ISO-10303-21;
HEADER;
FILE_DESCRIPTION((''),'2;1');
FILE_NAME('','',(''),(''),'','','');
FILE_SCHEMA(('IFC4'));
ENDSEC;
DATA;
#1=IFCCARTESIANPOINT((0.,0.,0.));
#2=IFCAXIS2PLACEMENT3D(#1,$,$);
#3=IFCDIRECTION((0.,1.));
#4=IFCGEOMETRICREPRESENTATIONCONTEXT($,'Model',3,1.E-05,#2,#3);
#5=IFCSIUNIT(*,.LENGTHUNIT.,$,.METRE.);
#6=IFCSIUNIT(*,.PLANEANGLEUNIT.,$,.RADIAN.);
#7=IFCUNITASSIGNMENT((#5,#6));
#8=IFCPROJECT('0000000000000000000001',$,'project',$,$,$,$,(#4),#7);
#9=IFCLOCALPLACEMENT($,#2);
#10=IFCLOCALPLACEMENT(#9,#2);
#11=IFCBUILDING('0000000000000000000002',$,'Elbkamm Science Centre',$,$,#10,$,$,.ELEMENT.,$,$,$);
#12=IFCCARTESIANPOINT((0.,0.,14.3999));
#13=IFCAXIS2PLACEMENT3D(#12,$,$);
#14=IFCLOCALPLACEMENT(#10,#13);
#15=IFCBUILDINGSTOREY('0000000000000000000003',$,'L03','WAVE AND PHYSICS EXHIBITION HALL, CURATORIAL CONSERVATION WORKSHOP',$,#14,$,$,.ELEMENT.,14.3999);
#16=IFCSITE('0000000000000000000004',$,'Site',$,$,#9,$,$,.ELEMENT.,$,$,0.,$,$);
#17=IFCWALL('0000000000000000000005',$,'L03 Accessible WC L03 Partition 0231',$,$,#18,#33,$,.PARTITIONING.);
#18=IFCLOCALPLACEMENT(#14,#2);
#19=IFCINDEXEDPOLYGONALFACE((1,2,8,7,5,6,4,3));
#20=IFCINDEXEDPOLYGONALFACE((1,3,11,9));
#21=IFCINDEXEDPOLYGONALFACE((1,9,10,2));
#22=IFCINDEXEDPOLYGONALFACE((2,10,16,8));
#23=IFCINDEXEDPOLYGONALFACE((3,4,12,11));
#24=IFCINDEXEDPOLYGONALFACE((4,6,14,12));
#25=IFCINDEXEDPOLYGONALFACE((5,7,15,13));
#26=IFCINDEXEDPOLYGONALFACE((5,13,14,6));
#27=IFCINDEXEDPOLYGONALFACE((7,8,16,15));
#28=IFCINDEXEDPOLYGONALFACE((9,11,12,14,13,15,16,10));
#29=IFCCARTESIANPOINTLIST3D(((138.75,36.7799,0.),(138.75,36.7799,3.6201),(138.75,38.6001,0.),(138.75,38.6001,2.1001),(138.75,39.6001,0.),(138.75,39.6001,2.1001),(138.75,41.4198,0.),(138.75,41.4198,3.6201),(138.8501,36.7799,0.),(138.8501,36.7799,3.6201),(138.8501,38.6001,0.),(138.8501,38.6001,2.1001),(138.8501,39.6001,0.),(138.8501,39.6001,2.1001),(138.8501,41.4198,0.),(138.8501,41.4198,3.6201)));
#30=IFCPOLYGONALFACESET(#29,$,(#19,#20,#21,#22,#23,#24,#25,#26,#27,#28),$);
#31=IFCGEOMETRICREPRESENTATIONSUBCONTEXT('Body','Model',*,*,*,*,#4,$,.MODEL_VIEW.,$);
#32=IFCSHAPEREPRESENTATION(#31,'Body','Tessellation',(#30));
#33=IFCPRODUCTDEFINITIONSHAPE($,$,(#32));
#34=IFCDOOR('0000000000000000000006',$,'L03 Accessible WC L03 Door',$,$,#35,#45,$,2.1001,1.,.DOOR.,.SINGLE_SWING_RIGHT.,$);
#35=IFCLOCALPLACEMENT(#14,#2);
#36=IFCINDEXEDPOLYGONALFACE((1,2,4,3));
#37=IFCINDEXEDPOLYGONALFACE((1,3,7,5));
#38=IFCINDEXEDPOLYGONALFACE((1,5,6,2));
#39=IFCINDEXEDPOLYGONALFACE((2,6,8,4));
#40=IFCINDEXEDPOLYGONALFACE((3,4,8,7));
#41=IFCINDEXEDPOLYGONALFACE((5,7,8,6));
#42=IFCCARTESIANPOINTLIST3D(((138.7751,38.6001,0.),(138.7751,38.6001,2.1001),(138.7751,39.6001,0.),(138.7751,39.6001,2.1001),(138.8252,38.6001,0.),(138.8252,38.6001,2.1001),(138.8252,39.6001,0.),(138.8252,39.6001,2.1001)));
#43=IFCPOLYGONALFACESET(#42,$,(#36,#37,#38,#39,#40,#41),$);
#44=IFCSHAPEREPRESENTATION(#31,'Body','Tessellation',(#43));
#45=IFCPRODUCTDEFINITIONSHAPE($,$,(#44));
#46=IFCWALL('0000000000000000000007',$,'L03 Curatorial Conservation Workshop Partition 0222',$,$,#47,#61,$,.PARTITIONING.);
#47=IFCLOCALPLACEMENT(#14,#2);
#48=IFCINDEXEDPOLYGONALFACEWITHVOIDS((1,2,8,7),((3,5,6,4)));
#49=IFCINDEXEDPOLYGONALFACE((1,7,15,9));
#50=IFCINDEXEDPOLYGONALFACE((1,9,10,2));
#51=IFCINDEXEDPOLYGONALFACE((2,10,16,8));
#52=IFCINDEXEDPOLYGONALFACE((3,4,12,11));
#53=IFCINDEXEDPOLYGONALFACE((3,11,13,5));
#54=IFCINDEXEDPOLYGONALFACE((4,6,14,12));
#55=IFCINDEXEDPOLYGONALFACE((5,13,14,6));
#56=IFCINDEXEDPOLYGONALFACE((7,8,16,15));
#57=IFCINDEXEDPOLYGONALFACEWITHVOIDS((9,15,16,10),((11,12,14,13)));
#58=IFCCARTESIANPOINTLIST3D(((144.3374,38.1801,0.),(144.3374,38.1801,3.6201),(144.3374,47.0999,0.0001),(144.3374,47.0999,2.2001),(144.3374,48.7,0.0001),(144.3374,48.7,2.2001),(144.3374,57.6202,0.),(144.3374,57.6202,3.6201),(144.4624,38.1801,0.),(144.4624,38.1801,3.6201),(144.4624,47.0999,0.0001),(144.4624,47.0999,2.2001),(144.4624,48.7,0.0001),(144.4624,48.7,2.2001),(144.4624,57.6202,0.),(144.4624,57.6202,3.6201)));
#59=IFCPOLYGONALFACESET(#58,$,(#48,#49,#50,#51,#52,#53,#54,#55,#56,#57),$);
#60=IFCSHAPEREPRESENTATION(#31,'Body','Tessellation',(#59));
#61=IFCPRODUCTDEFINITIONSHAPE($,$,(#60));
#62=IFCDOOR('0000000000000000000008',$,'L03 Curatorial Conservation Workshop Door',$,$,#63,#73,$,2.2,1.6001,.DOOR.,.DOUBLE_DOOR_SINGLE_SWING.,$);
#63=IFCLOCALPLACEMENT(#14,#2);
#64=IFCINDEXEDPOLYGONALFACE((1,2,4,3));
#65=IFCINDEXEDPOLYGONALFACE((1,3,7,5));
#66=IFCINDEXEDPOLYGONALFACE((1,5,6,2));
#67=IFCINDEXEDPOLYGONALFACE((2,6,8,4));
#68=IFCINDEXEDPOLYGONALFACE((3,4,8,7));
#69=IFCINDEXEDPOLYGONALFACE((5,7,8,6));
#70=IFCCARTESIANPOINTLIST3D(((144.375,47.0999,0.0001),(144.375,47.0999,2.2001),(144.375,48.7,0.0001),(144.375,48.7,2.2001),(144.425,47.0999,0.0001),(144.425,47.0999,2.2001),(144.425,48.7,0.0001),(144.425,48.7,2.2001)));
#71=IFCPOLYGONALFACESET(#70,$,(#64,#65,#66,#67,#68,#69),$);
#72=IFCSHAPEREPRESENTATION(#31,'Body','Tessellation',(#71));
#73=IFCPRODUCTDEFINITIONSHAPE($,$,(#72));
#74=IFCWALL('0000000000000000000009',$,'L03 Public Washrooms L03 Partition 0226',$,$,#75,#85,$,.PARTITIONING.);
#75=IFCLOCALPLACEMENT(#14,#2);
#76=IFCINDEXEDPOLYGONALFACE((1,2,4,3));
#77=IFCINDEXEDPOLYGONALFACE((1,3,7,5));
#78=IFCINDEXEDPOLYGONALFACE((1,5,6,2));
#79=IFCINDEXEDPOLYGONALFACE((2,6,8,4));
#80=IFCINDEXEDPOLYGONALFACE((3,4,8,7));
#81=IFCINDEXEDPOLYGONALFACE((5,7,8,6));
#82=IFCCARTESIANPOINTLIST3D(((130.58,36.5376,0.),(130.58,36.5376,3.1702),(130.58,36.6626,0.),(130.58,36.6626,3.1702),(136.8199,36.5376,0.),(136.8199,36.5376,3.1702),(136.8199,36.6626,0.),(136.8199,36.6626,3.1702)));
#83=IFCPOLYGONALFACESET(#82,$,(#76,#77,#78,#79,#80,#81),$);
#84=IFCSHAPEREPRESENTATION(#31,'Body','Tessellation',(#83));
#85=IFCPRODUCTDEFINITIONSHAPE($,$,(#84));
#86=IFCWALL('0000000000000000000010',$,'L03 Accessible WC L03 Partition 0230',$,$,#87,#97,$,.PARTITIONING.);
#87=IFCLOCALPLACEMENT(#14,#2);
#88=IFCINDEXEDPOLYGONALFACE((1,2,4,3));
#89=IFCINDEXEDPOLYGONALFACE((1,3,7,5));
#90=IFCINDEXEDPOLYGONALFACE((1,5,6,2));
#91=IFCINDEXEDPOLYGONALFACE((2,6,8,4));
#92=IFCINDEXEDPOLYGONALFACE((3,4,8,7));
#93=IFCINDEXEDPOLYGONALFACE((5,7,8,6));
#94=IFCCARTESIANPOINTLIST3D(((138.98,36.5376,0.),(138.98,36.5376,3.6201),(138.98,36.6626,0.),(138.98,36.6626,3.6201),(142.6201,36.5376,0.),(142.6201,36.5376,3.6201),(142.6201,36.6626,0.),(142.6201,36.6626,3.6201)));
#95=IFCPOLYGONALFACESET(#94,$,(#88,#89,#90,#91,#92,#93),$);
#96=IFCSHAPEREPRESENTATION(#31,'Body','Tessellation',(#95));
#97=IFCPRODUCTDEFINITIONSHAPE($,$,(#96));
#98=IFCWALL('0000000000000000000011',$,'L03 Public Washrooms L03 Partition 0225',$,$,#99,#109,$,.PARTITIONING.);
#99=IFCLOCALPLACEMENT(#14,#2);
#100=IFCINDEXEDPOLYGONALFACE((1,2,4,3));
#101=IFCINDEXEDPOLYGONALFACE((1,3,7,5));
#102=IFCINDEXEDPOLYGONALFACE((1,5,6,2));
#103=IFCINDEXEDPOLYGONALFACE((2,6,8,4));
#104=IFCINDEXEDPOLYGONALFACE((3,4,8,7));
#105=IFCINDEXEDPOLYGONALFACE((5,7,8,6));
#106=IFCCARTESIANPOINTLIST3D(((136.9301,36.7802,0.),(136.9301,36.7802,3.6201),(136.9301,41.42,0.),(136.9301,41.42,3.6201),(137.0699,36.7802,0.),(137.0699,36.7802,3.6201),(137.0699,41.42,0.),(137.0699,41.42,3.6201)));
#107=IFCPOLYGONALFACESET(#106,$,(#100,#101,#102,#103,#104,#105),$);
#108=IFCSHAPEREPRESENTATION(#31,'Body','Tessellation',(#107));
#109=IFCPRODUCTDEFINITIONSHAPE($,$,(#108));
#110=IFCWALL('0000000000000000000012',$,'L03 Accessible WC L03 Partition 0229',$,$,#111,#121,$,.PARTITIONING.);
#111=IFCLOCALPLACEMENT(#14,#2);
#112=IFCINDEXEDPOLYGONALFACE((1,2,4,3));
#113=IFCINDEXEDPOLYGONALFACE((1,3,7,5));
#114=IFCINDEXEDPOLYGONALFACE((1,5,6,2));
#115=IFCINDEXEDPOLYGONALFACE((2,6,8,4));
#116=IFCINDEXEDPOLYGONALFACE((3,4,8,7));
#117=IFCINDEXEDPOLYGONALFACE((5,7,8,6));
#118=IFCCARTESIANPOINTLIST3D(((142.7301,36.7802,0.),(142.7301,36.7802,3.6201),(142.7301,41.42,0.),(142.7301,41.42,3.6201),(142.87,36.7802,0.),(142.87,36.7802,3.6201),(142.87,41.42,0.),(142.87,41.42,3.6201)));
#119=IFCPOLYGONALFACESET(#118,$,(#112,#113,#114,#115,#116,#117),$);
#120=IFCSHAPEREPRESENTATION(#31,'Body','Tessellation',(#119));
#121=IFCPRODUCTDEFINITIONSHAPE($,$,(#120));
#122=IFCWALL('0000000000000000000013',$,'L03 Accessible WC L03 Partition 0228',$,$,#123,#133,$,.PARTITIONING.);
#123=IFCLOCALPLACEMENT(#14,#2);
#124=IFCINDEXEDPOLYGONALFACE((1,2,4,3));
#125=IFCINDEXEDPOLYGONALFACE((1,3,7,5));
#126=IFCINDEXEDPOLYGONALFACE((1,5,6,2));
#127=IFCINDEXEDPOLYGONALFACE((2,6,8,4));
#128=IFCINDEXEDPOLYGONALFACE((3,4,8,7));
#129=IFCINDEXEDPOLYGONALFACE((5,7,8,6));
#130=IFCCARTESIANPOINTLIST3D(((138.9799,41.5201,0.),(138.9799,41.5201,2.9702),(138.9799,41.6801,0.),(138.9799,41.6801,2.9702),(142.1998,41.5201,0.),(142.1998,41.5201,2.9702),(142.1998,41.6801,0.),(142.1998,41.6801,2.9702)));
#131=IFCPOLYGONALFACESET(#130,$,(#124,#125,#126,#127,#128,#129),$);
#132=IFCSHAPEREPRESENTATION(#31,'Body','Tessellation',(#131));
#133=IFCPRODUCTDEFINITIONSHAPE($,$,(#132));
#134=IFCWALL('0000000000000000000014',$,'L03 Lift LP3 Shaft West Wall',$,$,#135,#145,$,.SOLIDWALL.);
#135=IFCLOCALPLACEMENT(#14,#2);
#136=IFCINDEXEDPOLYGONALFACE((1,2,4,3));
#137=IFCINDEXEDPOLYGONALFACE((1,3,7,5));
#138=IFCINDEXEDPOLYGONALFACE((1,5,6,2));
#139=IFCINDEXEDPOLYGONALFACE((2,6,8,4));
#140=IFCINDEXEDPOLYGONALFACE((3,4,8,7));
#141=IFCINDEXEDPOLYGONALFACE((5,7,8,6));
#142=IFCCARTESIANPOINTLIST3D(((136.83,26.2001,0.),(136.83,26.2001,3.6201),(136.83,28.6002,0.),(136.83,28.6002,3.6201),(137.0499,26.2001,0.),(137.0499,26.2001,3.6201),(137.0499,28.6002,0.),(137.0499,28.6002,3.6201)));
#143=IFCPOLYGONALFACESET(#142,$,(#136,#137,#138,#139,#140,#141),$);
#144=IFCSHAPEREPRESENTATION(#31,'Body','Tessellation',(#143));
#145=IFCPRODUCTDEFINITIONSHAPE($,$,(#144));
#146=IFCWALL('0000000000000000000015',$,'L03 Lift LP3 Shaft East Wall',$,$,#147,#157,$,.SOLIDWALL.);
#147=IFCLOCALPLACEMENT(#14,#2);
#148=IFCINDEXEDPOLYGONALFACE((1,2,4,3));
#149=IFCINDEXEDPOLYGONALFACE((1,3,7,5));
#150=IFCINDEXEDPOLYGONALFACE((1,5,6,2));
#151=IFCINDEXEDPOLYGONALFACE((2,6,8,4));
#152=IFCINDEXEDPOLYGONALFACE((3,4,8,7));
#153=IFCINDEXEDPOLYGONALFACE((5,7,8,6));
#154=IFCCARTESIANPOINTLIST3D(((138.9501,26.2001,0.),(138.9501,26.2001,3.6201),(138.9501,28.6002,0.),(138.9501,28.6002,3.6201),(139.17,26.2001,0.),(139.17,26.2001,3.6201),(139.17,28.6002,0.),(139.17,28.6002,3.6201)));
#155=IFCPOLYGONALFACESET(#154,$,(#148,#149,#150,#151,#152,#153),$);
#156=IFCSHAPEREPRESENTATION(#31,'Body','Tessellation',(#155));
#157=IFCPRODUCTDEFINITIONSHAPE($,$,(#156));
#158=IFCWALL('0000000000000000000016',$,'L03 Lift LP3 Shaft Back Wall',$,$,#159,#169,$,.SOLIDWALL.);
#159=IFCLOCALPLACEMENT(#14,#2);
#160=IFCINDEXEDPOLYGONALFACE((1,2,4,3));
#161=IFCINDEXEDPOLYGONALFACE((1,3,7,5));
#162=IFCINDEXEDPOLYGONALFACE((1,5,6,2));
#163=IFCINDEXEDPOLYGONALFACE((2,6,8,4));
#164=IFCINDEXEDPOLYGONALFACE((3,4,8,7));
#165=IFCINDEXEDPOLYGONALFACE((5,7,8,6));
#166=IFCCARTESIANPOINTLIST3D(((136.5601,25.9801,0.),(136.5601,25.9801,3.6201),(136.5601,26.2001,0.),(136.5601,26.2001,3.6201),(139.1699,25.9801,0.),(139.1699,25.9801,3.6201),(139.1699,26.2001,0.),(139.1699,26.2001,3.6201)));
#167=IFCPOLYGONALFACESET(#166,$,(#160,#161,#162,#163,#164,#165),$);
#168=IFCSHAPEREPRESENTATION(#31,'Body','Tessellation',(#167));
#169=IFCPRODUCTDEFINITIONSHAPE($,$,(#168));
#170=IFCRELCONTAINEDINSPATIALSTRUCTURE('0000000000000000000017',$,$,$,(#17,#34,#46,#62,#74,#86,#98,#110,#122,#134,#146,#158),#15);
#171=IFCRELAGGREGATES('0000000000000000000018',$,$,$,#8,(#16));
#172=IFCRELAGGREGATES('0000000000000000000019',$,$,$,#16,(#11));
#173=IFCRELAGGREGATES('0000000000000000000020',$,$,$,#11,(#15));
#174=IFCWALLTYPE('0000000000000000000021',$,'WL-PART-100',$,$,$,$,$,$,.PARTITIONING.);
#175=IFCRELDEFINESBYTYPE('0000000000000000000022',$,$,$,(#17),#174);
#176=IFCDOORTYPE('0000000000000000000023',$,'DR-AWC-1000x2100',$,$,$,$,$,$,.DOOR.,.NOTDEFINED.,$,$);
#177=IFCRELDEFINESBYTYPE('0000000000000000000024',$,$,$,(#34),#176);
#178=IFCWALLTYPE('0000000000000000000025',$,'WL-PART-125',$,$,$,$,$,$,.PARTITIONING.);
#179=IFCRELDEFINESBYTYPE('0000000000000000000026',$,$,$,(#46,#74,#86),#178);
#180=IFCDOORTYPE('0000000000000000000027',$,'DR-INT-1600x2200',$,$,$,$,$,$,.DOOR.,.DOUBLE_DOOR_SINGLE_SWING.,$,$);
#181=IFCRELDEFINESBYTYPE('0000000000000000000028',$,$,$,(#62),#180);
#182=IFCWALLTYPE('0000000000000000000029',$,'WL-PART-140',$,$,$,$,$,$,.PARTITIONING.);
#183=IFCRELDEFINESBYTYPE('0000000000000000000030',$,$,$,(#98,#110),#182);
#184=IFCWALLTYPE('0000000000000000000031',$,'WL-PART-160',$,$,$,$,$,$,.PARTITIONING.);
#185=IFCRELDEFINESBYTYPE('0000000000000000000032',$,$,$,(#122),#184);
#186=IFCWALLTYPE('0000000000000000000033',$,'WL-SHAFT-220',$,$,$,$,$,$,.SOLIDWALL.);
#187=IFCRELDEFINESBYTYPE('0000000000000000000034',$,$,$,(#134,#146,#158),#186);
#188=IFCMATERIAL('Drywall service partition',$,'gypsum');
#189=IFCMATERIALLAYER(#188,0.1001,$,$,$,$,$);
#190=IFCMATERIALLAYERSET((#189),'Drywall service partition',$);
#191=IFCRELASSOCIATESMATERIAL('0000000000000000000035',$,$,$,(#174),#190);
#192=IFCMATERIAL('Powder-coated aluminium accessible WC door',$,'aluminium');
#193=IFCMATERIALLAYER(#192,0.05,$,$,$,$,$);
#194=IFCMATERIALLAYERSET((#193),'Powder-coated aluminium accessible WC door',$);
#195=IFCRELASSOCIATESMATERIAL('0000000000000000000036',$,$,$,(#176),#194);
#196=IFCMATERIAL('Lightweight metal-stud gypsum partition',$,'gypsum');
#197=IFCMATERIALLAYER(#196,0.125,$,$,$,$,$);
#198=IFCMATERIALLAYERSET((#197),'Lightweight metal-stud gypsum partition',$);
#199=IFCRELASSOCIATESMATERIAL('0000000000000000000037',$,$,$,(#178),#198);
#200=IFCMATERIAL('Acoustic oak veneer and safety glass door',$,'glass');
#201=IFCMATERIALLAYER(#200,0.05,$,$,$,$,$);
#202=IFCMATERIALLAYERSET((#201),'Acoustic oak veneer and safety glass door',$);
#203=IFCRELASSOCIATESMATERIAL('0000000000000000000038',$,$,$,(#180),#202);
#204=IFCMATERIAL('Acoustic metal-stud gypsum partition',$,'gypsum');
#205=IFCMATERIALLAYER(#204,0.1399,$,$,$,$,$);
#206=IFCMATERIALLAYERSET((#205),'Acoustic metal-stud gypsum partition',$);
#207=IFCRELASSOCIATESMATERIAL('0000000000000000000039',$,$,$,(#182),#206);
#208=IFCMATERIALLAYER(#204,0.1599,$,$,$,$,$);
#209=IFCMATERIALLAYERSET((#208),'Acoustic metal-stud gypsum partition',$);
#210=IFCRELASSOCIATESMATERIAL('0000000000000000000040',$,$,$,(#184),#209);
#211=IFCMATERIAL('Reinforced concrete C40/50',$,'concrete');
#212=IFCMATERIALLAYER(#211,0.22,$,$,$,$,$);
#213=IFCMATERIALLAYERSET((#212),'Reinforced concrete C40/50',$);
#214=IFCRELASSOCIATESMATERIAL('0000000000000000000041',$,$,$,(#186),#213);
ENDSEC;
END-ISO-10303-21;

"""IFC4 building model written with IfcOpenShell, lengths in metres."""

from ifc_helpers import new_model, si_unit, direction, frame, frame_2d, origin, place, context, subcontext, project, spatial, rectangle, extrude, material, layer, layer_set, type_object, element, fill, save


model = new_model("IFC4")

# Units and contexts
model_context = context("Model", 3, precision=1e-05, world=origin(), true_north=direction((0.0, 1.0)))
body_context = subcontext(model_context, "Body", "Model", "MODEL_VIEW")
ifc_project = project(units=[si_unit("LENGTHUNIT", "METRE"), si_unit("PLANEANGLEUNIT", "RADIAN")], contexts=[model_context])

# Site, building, storey
site_placement = place(None, origin())
site = spatial("IfcSite", under=ifc_project, at=site_placement, Name="Site", CompositionType="ELEMENT", RefElevation=0.0)
building_placement = place(site_placement, origin())
building = spatial("IfcBuilding", under=site, at=building_placement, Name="Elbkamm Science Centre", CompositionType="ELEMENT")
storey_placement = place(building_placement, frame((0.0, 0.0, 14.3999)))
storey = spatial("IfcBuildingStorey", under=building, at=storey_placement, Name="L03", Description="WAVE AND PHYSICS EXHIBITION HALL, CURATORIAL CONSERVATION WORKSHOP", CompositionType="ELEMENT", Elevation=14.3999)

# Shared definitions
ifc_material_1 = material(Name="Reinforced concrete C40/50", Category="concrete")

# Walls, openings, doors
ifc_material_2 = material(Name="Drywall service partition", Category="gypsum")
ifc_layer_1 = layer(ifc_material_2, 0.1001)
ifc_layer_set_1 = layer_set([ifc_layer_1], Name="Drywall service partition")
wall_type_1 = type_object("IfcWallType", Name="WL-PART-100", PredefinedType="PARTITIONING", material=ifc_layer_set_1)
wall_1_placement = place(storey_placement, frame((138.8, 36.78, 0.0), z_axis=(0.0, 0.0, 1.0), x_axis=(0.0, 1.0, 0.0)))
wall_1 = element("IfcWall", 1, at=wall_1_placement, inside=storey, type_object=wall_type_1, Name="L03 Accessible WC L03 Partition 0231", PredefinedType="PARTITIONING", context=body_context, shape_type="SweptSolid", body=[
    extrude(rectangle(XDim=4.6399, YDim=0.1001, at=frame_2d((2.3198, 0.0))), origin(), (0.0, 0.0, 1.0), 3.6201),
])
opening_1_placement = place(wall_1_placement, frame((1.8201, 0.0, 0.0)))
opening_1 = element("IfcOpeningElement", 2, at=opening_1_placement, cuts=wall_1, PredefinedType="OPENING", context=body_context, shape_type="SweptSolid", body=[
    extrude(rectangle(XDim=1.0, YDim=2.1001, at=frame_2d((0.5, 1.05))), frame((0.0, 0.062, 0.0), z_axis=(0.0, -1.0, 0.0), x_axis=(1.0, 0.0, 0.0)), (0.0, 0.0, 1.0), 0.124),
])
ifc_material_3 = material(Name="Powder-coated aluminium accessible WC door", Category="aluminium")
ifc_layer_2 = layer(ifc_material_3, 0.05)
ifc_layer_set_2 = layer_set([ifc_layer_2], Name="Powder-coated aluminium accessible WC door")
door_type_1 = type_object("IfcDoorType", Name="DR-AWC-1000x2100", OperationType="NOTDEFINED", PredefinedType="DOOR", material=ifc_layer_set_2)
door_1_placement = place(opening_1_placement, origin())
door_1 = element("IfcDoor", 3, at=door_1_placement, inside=storey, type_object=door_type_1, Name="L03 Accessible WC L03 Door", OperationType="SINGLE_SWING_RIGHT", OverallHeight=2.1001, OverallWidth=1.0, PredefinedType="DOOR", context=body_context, shape_type="SweptSolid", body=[
    extrude(rectangle(XDim=1.0, YDim=2.1001, at=frame_2d((0.5, 1.05))), frame((0.0, 0.0249, 0.0), z_axis=(0.0, -1.0, 0.0), x_axis=(1.0, 0.0, 0.0)), (0.0, 0.0, 1.0), 0.05),
])
fill(opening_1, door_1)
ifc_material_4 = material(Name="Lightweight metal-stud gypsum partition", Category="gypsum")
ifc_layer_3 = layer(ifc_material_4, 0.125)
ifc_layer_set_3 = layer_set([ifc_layer_3], Name="Lightweight metal-stud gypsum partition")
wall_type_2 = type_object("IfcWallType", Name="WL-PART-125", PredefinedType="PARTITIONING", material=ifc_layer_set_3)
wall_2_placement = place(storey_placement, frame((144.3999, 38.1799, 0.0), z_axis=(0.0, 0.0, 1.0), x_axis=(0.0, 1.0, 0.0)))
wall_2 = element("IfcWall", 4, at=wall_2_placement, inside=storey, type_object=wall_type_2, Name="L03 Curatorial Conservation Workshop Partition 0222", PredefinedType="PARTITIONING", context=body_context, shape_type="SweptSolid", body=[
    extrude(rectangle(XDim=19.4402, YDim=0.125, at=frame_2d((9.7202, 0.0))), origin(), (0.0, 0.0, 1.0), 3.6201),
])
opening_2_placement = place(wall_2_placement, frame((8.9199, 0.0, 0.0)))
opening_2 = element("IfcOpeningElement", 5, at=opening_2_placement, cuts=wall_2, PredefinedType="OPENING", context=body_context, shape_type="SweptSolid", body=[
    extrude(rectangle(XDim=1.6001, YDim=2.2, at=frame_2d((0.8, 1.1001))), frame((0.0, 0.0745, 0.0), z_axis=(0.0, -1.0, 0.0), x_axis=(1.0, 0.0, 0.0)), (0.0, 0.0, 1.0), 0.1489),
])
ifc_material_5 = material(Name="Acoustic oak veneer and safety glass door", Category="glass")
ifc_layer_4 = layer(ifc_material_5, 0.05)
ifc_layer_set_4 = layer_set([ifc_layer_4], Name="Acoustic oak veneer and safety glass door")
door_type_2 = type_object("IfcDoorType", Name="DR-INT-1600x2200", OperationType="DOUBLE_DOOR_SINGLE_SWING", PredefinedType="DOOR", material=ifc_layer_set_4)
door_2_placement = place(opening_2_placement, origin())
door_2 = element("IfcDoor", 6, at=door_2_placement, inside=storey, type_object=door_type_2, Name="L03 Curatorial Conservation Workshop Door", OperationType="DOUBLE_DOOR_SINGLE_SWING", OverallHeight=2.2, OverallWidth=1.6001, PredefinedType="DOOR", context=body_context, shape_type="SweptSolid", body=[
    extrude(rectangle(XDim=1.6001, YDim=2.2, at=frame_2d((0.8, 1.1001))), frame((0.0, 0.0249, 0.0), z_axis=(0.0, -1.0, 0.0), x_axis=(1.0, 0.0, 0.0)), (0.0, 0.0, 1.0), 0.05),
])
fill(opening_2, door_2)

# Walls
wall_3_placement = place(storey_placement, frame((136.8201, 36.6001, 0.0), z_axis=(0.0, 0.0, 1.0), x_axis=(-1.0, 0.0, 0.0)))
element("IfcWall", 7, at=wall_3_placement, inside=storey, type_object=wall_type_2, Name="L03 Public Washrooms L03 Partition 0226", PredefinedType="PARTITIONING", context=body_context, shape_type="SweptSolid", body=[
    extrude(rectangle(XDim=6.24, YDim=0.125, at=frame_2d((3.1201, 0.0))), origin(), (0.0, 0.0, 1.0), 3.1702),
])
wall_4_placement = place(storey_placement, frame((142.6201, 36.6001, 0.0), z_axis=(0.0, 0.0, 1.0), x_axis=(-1.0, 0.0, 0.0)))
element("IfcWall", 8, at=wall_4_placement, inside=storey, type_object=wall_type_2, Name="L03 Accessible WC L03 Partition 0230", PredefinedType="PARTITIONING", context=body_context, shape_type="SweptSolid", body=[
    extrude(rectangle(XDim=3.6401, YDim=0.125, at=frame_2d((1.8201, 0.0))), origin(), (0.0, 0.0, 1.0), 3.6201),
])
ifc_material_6 = material(Name="Acoustic metal-stud gypsum partition", Category="gypsum")
ifc_layer_5 = layer(ifc_material_6, 0.1399)
ifc_layer_set_5 = layer_set([ifc_layer_5], Name="Acoustic metal-stud gypsum partition")
wall_type_3 = type_object("IfcWallType", Name="WL-PART-140", PredefinedType="PARTITIONING", material=ifc_layer_set_5)
for number, where, z_axis, x_axis, name in (
    (9, (137.0, 41.4199, 0.0), (0.0, 0.0, 1.0), (0.0, -1.0, 0.0), "L03 Public Washrooms L03 Partition 0225"),
    (10, (142.8, 41.4199, 0.0), (0.0, 0.0, 1.0), (0.0, -1.0, 0.0), "L03 Accessible WC L03 Partition 0229"),
):
    element("IfcWall", number, at=place(storey_placement, frame(where, z_axis=z_axis, x_axis=x_axis)), inside=storey, type_object=wall_type_3, Name=name, PredefinedType="PARTITIONING", context=body_context, shape_type="SweptSolid", body=[
        extrude(rectangle(XDim=4.6399, YDim=0.1399, at=frame_2d((2.3198, 0.0))), origin(), (0.0, 0.0, 1.0), 3.6201),
    ])
ifc_layer_6 = layer(ifc_material_6, 0.1599)
ifc_layer_set_6 = layer_set([ifc_layer_6], Name="Acoustic metal-stud gypsum partition")
wall_type_4 = type_object("IfcWallType", Name="WL-PART-160", PredefinedType="PARTITIONING", material=ifc_layer_set_6)
wall_5_placement = place(storey_placement, frame((138.98, 41.6001, 0.0), z_axis=(0.0, 0.0, 1.0), x_axis=(1.0, 0.0, 0.0)))
element("IfcWall", 11, at=wall_5_placement, inside=storey, type_object=wall_type_4, Name="L03 Accessible WC L03 Partition 0228", PredefinedType="PARTITIONING", context=body_context, shape_type="SweptSolid", body=[
    extrude(rectangle(XDim=3.22, YDim=0.1599, at=frame_2d((1.6099, 0.0))), origin(), (0.0, 0.0, 1.0), 2.9702),
])
ifc_layer_7 = layer(ifc_material_1, 0.22)
ifc_layer_set_7 = layer_set([ifc_layer_7], Name="Reinforced concrete C40/50")
wall_type_5 = type_object("IfcWallType", Name="WL-SHAFT-220", PredefinedType="SOLIDWALL", material=ifc_layer_set_7)
for number, where, z_axis, x_axis, name in (
    (12, (136.9399, 26.2, 0.0), (0.0, 0.0, 1.0), (0.0, 1.0, 0.0), "L03 Lift LP3 Shaft West Wall"),
    (13, (139.0601, 26.2, 0.0), (0.0, 0.0, 1.0), (0.0, 1.0, 0.0), "L03 Lift LP3 Shaft East Wall"),
):
    element("IfcWall", number, at=place(storey_placement, frame(where, z_axis=z_axis, x_axis=x_axis)), inside=storey, type_object=wall_type_5, Name=name, PredefinedType="SOLIDWALL", context=body_context, shape_type="SweptSolid", body=[
        extrude(rectangle(XDim=2.4001, YDim=0.22, at=frame_2d((1.2002, 0.0))), origin(), (0.0, 0.0, 1.0), 3.6201),
    ])
wall_6_placement = place(storey_placement, frame((136.5601, 26.0901, 0.0), z_axis=(0.0, 0.0, 1.0), x_axis=(1.0, 0.0, 0.0)))
element("IfcWall", 14, at=wall_6_placement, inside=storey, type_object=wall_type_5, Name="L03 Lift LP3 Shaft Back Wall", PredefinedType="SOLIDWALL", context=body_context, shape_type="SweptSolid", body=[
    extrude(rectangle(XDim=2.6099, YDim=0.22, at=frame_2d((1.3049, 0.0))), origin(), (0.0, 0.0, 1.0), 3.6201),
])

save(model, "model.ifc")
